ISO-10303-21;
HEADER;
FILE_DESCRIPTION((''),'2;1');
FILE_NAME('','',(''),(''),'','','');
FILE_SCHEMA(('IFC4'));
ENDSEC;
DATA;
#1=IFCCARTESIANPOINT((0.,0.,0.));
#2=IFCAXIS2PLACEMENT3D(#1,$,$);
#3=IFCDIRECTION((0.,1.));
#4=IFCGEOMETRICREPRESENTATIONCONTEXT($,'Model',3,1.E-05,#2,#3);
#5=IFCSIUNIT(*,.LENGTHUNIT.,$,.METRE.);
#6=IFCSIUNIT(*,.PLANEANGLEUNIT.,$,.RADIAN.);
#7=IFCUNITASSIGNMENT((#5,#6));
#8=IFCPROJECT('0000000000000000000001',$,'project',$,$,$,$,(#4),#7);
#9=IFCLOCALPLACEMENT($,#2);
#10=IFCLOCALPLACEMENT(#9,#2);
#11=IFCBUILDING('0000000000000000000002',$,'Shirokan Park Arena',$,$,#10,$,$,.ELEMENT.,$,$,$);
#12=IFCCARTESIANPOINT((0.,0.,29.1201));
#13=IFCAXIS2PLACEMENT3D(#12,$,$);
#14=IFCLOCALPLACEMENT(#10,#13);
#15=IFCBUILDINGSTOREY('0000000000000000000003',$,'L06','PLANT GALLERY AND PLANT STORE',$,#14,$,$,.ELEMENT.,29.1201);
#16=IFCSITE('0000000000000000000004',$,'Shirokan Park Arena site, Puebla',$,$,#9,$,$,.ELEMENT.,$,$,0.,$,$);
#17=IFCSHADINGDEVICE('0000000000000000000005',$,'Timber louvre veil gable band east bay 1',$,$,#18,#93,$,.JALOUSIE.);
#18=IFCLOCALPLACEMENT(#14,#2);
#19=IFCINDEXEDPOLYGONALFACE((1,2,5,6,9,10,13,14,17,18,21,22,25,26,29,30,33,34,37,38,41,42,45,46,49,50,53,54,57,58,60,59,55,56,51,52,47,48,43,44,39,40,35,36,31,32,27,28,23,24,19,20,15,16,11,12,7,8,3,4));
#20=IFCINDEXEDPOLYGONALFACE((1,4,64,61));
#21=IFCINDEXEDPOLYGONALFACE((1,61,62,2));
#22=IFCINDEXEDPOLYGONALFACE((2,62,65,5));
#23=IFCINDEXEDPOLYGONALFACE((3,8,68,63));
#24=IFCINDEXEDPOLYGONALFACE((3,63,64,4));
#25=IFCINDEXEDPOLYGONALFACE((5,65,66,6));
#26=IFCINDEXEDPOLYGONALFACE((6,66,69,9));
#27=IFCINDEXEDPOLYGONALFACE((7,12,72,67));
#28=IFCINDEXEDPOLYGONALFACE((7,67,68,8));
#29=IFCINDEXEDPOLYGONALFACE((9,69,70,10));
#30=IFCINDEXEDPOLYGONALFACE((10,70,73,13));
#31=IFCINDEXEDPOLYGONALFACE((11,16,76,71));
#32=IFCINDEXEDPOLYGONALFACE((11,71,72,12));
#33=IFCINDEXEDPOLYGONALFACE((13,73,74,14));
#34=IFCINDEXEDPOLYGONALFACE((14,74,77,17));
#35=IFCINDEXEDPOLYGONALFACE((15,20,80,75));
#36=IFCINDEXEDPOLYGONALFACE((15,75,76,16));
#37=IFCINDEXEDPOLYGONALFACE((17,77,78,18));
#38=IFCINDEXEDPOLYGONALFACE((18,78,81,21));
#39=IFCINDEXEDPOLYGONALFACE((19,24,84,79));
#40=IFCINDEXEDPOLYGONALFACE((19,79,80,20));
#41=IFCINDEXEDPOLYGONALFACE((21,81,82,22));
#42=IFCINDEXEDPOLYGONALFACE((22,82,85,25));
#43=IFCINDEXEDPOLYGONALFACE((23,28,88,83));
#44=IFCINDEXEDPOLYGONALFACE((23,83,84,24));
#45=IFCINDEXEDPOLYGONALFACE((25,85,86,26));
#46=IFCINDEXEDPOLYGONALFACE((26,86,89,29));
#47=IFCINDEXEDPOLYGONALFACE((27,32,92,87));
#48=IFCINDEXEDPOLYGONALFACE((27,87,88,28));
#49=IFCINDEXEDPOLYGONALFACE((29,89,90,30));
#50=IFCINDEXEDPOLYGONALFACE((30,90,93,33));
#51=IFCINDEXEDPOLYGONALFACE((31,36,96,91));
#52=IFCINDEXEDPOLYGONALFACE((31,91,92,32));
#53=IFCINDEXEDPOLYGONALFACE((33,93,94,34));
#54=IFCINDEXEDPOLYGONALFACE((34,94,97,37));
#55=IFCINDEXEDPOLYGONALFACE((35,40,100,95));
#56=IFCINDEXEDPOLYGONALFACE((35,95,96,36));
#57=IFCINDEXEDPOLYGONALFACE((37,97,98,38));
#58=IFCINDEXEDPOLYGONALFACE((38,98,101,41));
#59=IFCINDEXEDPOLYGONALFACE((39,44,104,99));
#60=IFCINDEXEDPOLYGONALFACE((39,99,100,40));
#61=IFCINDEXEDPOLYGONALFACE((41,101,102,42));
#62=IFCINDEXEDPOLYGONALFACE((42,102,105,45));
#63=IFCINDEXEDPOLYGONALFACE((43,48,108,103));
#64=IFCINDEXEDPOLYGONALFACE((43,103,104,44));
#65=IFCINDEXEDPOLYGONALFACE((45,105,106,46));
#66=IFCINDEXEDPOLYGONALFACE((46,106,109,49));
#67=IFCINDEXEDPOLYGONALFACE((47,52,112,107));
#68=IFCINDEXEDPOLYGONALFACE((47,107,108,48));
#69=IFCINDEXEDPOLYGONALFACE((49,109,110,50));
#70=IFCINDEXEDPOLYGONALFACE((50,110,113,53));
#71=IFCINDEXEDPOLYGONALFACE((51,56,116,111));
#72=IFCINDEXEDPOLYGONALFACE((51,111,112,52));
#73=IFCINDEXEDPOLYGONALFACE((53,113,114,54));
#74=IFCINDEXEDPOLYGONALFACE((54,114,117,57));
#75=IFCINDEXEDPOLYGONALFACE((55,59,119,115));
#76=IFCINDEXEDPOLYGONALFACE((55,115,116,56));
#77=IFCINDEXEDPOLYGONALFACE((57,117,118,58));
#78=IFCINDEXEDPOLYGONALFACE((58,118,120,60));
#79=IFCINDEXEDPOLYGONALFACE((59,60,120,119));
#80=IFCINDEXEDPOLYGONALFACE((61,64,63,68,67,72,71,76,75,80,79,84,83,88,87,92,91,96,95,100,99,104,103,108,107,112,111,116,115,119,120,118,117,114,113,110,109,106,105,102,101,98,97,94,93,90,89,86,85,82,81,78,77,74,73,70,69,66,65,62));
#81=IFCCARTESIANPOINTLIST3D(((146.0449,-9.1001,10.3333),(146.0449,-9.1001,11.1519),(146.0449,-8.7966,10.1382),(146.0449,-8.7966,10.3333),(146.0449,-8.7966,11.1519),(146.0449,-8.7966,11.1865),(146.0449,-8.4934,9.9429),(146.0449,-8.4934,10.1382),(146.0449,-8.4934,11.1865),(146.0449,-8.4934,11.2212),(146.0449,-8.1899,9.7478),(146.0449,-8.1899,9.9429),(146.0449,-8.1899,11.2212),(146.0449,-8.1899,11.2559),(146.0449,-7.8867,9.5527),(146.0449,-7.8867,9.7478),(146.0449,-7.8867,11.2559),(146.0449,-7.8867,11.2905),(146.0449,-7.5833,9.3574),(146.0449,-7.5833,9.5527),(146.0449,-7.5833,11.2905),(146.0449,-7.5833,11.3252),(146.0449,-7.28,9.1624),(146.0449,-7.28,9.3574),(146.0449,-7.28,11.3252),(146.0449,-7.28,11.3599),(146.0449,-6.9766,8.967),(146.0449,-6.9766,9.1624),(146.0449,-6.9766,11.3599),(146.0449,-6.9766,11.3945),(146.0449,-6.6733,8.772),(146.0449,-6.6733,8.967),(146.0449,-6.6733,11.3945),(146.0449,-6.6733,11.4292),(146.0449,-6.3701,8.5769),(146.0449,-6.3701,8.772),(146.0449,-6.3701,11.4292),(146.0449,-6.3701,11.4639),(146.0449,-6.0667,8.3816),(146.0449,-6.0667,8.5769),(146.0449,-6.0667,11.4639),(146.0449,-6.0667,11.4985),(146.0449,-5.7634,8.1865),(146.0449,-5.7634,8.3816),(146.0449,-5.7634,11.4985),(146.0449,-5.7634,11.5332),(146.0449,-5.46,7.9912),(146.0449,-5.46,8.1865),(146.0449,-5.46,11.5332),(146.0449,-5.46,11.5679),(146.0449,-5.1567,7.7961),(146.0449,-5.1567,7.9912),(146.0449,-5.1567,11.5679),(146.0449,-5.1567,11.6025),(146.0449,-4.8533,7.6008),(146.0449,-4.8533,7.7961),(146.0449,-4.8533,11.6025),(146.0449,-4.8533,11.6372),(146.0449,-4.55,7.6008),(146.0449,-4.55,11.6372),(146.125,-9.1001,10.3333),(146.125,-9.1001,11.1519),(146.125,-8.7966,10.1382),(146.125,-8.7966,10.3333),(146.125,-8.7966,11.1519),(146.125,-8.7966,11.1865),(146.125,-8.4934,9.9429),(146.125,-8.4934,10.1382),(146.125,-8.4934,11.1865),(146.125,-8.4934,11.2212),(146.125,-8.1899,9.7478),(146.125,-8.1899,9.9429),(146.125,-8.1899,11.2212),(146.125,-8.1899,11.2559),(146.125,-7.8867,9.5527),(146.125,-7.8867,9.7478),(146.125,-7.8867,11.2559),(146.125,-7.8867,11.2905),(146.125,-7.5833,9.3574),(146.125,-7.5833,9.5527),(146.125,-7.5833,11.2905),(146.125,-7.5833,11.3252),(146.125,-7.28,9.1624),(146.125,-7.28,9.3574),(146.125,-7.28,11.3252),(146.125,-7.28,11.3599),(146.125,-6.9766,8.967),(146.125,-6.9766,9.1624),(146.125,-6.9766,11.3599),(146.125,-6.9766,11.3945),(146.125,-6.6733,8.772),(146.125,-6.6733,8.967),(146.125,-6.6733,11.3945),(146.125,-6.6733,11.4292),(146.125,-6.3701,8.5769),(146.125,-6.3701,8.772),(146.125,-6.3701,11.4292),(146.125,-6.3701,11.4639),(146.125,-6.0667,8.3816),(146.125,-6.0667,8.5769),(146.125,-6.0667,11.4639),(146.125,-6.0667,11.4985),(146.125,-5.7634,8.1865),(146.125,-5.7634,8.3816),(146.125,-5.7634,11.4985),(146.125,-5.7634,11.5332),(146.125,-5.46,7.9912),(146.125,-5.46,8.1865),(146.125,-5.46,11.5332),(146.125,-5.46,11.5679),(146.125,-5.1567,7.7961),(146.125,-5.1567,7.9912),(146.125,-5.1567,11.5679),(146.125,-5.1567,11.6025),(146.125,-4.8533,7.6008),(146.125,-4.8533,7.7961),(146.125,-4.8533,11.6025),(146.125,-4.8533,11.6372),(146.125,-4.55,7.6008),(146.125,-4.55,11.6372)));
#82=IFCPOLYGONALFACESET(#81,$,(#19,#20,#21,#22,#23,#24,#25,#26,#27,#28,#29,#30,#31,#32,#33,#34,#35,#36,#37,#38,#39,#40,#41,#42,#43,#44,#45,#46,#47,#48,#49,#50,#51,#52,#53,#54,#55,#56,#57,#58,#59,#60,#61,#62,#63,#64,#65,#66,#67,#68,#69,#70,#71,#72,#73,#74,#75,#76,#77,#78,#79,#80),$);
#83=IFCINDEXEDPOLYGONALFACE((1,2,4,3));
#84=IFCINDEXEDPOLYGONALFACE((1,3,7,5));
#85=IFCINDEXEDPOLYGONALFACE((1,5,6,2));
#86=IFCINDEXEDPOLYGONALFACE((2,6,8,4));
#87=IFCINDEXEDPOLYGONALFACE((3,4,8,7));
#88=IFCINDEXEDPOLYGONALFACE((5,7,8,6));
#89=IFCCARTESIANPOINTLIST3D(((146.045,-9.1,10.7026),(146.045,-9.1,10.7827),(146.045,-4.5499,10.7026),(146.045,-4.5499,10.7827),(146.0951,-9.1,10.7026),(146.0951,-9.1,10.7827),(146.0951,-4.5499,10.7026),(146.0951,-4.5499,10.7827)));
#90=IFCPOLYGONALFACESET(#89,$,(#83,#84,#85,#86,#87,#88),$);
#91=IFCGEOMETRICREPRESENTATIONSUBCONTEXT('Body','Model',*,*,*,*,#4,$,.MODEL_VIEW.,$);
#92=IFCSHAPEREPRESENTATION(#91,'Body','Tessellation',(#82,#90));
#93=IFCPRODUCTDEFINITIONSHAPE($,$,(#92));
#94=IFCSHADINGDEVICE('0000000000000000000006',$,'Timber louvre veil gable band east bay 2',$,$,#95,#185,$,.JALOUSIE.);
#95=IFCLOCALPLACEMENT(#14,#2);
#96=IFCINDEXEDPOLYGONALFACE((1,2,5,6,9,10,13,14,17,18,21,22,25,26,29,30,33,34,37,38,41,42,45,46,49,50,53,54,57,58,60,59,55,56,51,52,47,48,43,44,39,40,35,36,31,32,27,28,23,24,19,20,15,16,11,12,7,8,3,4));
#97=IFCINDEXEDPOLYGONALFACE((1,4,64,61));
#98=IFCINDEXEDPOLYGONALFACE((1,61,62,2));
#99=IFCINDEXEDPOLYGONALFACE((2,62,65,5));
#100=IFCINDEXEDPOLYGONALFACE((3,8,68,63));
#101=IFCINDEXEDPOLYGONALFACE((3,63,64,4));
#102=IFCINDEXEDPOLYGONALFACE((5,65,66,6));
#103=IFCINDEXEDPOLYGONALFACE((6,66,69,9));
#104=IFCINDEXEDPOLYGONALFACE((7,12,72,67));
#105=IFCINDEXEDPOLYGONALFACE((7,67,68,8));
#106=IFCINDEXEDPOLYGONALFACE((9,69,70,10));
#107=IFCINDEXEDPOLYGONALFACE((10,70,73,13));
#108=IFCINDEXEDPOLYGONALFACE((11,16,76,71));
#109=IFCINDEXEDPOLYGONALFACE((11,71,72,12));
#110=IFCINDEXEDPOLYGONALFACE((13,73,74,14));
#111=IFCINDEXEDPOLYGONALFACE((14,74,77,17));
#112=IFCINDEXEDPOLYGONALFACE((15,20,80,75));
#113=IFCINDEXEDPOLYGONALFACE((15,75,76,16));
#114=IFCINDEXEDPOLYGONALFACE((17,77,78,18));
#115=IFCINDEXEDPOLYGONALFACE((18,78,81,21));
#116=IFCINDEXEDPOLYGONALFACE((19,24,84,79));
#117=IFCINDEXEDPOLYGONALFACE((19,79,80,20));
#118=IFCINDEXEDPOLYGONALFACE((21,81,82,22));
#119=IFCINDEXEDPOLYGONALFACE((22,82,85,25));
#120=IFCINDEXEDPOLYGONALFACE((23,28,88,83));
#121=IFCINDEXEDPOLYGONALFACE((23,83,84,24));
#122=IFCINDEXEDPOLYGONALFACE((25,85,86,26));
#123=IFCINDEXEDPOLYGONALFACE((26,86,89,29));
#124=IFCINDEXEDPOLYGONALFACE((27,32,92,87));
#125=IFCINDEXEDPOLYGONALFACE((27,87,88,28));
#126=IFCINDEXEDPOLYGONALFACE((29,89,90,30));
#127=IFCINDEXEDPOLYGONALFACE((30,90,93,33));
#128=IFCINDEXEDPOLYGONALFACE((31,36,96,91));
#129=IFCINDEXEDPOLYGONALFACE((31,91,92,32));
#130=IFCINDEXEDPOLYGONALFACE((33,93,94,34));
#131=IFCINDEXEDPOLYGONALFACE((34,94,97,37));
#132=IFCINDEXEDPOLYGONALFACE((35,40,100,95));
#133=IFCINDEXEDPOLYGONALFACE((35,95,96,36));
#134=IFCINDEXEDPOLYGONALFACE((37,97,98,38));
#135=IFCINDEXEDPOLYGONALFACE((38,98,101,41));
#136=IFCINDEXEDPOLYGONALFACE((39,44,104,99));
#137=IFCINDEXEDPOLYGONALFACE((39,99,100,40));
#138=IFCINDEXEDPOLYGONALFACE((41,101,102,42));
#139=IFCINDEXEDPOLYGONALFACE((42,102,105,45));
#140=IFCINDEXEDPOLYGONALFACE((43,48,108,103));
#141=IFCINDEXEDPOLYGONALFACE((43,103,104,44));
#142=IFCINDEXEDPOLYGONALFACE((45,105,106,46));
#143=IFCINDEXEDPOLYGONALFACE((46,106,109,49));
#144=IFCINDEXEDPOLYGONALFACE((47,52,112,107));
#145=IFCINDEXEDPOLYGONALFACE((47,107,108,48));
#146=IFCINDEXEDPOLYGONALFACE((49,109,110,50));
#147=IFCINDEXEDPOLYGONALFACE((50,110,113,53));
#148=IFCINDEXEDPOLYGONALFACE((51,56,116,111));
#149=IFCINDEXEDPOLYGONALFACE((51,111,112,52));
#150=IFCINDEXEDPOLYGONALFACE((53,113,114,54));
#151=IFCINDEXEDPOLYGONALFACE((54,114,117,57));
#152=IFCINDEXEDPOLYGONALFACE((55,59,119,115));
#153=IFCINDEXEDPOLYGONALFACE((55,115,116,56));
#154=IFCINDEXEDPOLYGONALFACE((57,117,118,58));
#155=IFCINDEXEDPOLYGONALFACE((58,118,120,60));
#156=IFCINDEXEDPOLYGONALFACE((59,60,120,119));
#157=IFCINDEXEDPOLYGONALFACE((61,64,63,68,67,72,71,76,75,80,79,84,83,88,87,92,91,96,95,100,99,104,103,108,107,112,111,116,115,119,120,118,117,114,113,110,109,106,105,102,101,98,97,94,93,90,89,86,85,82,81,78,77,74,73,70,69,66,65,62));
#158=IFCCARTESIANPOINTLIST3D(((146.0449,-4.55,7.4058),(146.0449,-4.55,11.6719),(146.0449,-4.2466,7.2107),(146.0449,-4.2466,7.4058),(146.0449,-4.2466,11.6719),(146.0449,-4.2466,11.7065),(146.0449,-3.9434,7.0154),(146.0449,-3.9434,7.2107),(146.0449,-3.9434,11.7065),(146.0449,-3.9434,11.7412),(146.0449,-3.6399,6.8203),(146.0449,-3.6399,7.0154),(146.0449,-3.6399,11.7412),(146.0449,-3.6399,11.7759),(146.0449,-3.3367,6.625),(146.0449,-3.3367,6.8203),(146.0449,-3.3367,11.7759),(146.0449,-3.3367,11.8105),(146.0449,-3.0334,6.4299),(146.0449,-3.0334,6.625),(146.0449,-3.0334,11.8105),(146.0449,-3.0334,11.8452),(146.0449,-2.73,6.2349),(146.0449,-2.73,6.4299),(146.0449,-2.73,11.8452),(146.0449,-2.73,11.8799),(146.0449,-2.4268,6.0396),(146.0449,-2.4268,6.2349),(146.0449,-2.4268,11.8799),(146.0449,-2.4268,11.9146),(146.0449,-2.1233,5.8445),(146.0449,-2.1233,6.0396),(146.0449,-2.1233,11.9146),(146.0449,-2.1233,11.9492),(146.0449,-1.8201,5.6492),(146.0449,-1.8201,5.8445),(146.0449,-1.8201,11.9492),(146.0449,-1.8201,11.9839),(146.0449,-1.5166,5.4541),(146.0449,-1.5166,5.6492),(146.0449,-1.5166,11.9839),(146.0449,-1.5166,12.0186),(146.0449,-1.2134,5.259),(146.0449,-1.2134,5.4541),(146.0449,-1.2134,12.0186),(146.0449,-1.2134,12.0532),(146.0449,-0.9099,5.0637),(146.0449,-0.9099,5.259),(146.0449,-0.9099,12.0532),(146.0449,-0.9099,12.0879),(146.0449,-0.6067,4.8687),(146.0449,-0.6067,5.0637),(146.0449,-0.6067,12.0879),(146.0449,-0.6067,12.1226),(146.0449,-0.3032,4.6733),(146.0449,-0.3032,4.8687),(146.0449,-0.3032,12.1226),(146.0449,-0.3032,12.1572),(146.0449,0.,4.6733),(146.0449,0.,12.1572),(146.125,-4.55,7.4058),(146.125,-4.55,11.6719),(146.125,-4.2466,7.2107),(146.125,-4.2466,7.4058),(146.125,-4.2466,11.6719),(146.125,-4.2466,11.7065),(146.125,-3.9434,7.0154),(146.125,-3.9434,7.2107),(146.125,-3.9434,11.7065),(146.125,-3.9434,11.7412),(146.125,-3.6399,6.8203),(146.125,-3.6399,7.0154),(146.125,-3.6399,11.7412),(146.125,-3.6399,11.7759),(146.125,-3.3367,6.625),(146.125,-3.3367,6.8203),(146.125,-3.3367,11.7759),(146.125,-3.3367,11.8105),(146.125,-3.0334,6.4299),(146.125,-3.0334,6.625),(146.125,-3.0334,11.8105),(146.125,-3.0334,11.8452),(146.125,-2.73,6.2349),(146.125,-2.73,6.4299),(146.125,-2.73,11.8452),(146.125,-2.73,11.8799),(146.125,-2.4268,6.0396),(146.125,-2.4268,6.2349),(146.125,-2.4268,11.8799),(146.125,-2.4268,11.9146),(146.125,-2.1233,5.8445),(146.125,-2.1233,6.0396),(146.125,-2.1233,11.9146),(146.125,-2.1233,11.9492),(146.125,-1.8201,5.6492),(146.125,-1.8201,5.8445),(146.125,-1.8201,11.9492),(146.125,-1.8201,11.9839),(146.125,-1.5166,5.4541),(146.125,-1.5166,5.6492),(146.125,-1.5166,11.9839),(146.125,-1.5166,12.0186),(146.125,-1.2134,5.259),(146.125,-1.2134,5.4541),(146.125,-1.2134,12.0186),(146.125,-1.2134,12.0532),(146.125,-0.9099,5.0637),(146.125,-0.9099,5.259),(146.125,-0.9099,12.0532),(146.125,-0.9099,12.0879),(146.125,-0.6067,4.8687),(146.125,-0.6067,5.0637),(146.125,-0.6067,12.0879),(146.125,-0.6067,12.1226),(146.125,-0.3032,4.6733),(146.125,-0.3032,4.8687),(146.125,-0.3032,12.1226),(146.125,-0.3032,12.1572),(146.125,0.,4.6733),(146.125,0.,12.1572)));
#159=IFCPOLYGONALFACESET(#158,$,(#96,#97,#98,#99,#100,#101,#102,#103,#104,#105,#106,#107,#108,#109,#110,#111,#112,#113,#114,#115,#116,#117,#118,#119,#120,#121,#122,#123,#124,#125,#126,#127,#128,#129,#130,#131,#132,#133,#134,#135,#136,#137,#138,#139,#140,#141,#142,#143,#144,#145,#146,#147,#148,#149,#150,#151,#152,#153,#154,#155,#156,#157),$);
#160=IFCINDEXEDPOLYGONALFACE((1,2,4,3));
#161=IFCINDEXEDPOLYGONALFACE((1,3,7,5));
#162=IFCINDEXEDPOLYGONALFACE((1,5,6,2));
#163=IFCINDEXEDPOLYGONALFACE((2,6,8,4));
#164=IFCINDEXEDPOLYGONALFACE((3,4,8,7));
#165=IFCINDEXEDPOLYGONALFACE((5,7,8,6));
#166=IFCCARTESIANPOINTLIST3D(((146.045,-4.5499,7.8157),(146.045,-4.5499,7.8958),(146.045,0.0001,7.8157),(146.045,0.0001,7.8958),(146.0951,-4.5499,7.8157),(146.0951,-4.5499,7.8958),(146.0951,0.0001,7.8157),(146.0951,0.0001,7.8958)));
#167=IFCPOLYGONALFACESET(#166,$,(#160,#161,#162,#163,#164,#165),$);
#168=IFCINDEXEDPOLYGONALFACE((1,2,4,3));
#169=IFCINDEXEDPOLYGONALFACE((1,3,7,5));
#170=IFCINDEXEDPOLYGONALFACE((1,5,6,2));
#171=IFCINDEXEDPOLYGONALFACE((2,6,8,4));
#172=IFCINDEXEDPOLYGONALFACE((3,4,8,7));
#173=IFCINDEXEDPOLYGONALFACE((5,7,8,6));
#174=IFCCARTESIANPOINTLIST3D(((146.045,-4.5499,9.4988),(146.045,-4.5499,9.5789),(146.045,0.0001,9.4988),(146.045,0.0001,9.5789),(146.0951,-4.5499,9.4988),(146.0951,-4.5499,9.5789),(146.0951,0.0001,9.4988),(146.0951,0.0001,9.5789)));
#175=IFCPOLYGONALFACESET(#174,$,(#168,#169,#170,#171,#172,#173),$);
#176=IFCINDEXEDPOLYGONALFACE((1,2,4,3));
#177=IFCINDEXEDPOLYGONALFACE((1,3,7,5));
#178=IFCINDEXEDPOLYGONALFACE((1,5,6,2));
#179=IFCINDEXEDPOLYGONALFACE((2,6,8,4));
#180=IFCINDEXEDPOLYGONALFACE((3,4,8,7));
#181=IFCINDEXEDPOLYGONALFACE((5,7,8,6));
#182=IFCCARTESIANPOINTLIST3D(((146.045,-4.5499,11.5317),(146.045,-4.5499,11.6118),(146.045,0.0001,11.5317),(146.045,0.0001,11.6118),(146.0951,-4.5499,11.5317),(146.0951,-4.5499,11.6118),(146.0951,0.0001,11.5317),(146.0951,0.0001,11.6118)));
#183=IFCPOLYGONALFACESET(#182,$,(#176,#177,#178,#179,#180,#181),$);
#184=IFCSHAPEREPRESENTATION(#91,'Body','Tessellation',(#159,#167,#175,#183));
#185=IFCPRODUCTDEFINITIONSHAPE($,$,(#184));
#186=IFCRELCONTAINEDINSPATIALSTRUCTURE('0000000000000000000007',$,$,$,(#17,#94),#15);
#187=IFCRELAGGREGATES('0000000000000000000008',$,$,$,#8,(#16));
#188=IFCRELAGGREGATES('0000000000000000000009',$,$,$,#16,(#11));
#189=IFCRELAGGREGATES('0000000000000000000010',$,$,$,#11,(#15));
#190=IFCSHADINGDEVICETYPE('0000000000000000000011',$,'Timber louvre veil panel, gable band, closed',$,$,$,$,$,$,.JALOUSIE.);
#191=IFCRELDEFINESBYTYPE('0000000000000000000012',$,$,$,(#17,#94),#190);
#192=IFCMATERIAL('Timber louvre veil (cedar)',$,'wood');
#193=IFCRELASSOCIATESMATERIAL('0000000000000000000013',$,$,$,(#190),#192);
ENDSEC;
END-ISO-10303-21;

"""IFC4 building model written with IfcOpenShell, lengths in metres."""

from ifc_helpers import new_model, si_unit, direction, frame, origin, origin_2d, place, context, subcontext, project, spatial, polyline, rectangle, outline, extrude, material, type_object, element, save


model = new_model("IFC4")

# Units and contexts
model_context = context("Model", 3, precision=1e-05, world=origin(), true_north=direction((0.0, 1.0)))
body_context = subcontext(model_context, "Body", "Model", "MODEL_VIEW")
ifc_project = project(units=[si_unit("LENGTHUNIT", "METRE"), si_unit("PLANEANGLEUNIT", "RADIAN")], contexts=[model_context])

# Site, building, storey
site_placement = place(None, origin())
site = spatial("IfcSite", under=ifc_project, at=site_placement, Name="Shirokan Park Arena site, Puebla", CompositionType="ELEMENT", RefElevation=0.0)
building_placement = place(site_placement, origin())
building = spatial("IfcBuilding", under=site, at=building_placement, Name="Shirokan Park Arena", CompositionType="ELEMENT")
storey_placement = place(building_placement, frame((0.0, 0.0, 29.1201)))
storey = spatial("IfcBuildingStorey", under=building, at=storey_placement, Name="L06", Description="PLANT GALLERY AND PLANT STORE", CompositionType="ELEMENT", Elevation=29.1201)

# Shading devices
ifc_material = material(Name="Timber louvre veil (cedar)", Category="wood")
shading_device_type_1 = type_object("IfcShadingDeviceType", Name="Timber louvre veil panel, gable band, closed", PredefinedType="JALOUSIE", material=ifc_material)
shading_device_1_placement = place(storey_placement, origin())
element("IfcShadingDevice", 1, at=shading_device_1_placement, inside=storey, type_object=shading_device_type_1, Name="Timber louvre veil gable band east bay 1", PredefinedType="JALOUSIE", context=body_context, shape_type="SweptSolid", body=[
    extrude(outline(polyline([(-6.9766, 8.967), (-6.6733, 8.967), (-6.6733, 8.772), (-6.3701, 8.772), (-6.3701, 8.5769), (-6.0667, 8.5769), (-6.0667, 8.3816), (-5.7634, 8.3816), (-5.7634, 8.1865), (-5.46, 8.1865), (-5.46, 7.9912), (-5.1567, 7.9912), (-5.1567, 7.7961), (-4.8533, 7.7961), (-4.8533, 7.6008), (-4.55, 7.6008), (-4.55, 11.6372), (-4.8533, 11.6372), (-4.8533, 11.6025), (-5.1567, 11.6025), (-5.1567, 11.5679), (-5.46, 11.5679), (-5.46, 11.5332), (-5.7634, 11.5332), (-5.7634, 11.4985), (-6.0667, 11.4985), (-6.0667, 11.4639), (-6.3701, 11.4639), (-6.3701, 11.4292), (-6.6733, 11.4292), (-6.6733, 11.3945), (-6.9766, 11.3945), (-6.9766, 11.3599), (-7.28, 11.3599), (-7.28, 11.3252), (-7.5833, 11.3252), (-7.5833, 11.2905), (-7.8867, 11.2905), (-7.8867, 11.2559), (-8.1899, 11.2559), (-8.1899, 11.2212), (-8.4934, 11.2212), (-8.4934, 11.1865), (-8.7966, 11.1865), (-8.7966, 11.1519), (-9.1001, 11.1519), (-9.1001, 10.3333), (-8.7966, 10.3333), (-8.7966, 10.1382), (-8.4934, 10.1382), (-8.4934, 9.9429), (-8.1899, 9.9429), (-8.1899, 9.7478), (-7.8867, 9.7478), (-7.8867, 9.5527), (-7.5833, 9.5527), (-7.5833, 9.3574), (-7.28, 9.3574), (-7.28, 9.1624), (-6.9766, 9.1624), (-6.9766, 8.967)])), frame((146.0449, 0.0, 0.0), z_axis=(1.0, 0.0, 0.0), x_axis=(0.0, 1.0, 0.0)), (0.0, 0.0, 1.0), 0.0801),
    extrude(rectangle(XDim=0.05, YDim=4.55, at=origin_2d()), frame((146.0701, -6.825, 10.7026), z_axis=(0.0, 0.0, 1.0), x_axis=(1.0, 0.0, 0.0)), (0.0, 0.0, 1.0), 0.0801),
])
shading_device_2_placement = place(storey_placement, origin())
element("IfcShadingDevice", 2, at=shading_device_2_placement, inside=storey, type_object=shading_device_type_1, Name="Timber louvre veil gable band east bay 2", PredefinedType="JALOUSIE", context=body_context, shape_type="SweptSolid", body=[
    extrude(outline(polyline([(-2.4268, 6.0396), (-2.1233, 6.0396), (-2.1233, 5.8445), (-1.8201, 5.8445), (-1.8201, 5.6492), (-1.5166, 5.6492), (-1.5166, 5.4541), (-1.2134, 5.4541), (-1.2134, 5.259), (-0.9099, 5.259), (-0.9099, 5.0637), (-0.6067, 5.0637), (-0.6067, 4.8687), (-0.3032, 4.8687), (-0.3032, 4.6733), (0.0, 4.6733), (0.0, 12.1572), (-0.3032, 12.1572), (-0.3032, 12.1226), (-0.6067, 12.1226), (-0.6067, 12.0879), (-0.9099, 12.0879), (-0.9099, 12.0532), (-1.2134, 12.0532), (-1.2134, 12.0186), (-1.5166, 12.0186), (-1.5166, 11.9839), (-1.8201, 11.9839), (-1.8201, 11.9492), (-2.1233, 11.9492), (-2.1233, 11.9146), (-2.4268, 11.9146), (-2.4268, 11.8799), (-2.73, 11.8799), (-2.73, 11.8452), (-3.0334, 11.8452), (-3.0334, 11.8105), (-3.3367, 11.8105), (-3.3367, 11.7759), (-3.6399, 11.7759), (-3.6399, 11.7412), (-3.9434, 11.7412), (-3.9434, 11.7065), (-4.2466, 11.7065), (-4.2466, 11.6719), (-4.55, 11.6719), (-4.55, 7.4058), (-4.2466, 7.4058), (-4.2466, 7.2107), (-3.9434, 7.2107), (-3.9434, 7.0154), (-3.6399, 7.0154), (-3.6399, 6.8203), (-3.3367, 6.8203), (-3.3367, 6.625), (-3.0334, 6.625), (-3.0334, 6.4299), (-2.73, 6.4299), (-2.73, 6.2349), (-2.4268, 6.2349), (-2.4268, 6.0396)])), frame((146.0449, 0.0, 0.0), z_axis=(1.0, 0.0, 0.0), x_axis=(0.0, 1.0, 0.0)), (0.0, 0.0, 1.0), 0.0801),
    extrude(rectangle(XDim=0.05, YDim=4.55, at=origin_2d()), frame((146.0701, -2.2749, 7.8157), z_axis=(0.0, 0.0, 1.0), x_axis=(1.0, 0.0, 0.0)), (0.0, 0.0, 1.0), 0.0801),
    extrude(rectangle(XDim=0.05, YDim=4.55, at=origin_2d()), frame((146.0701, -2.2749, 9.4988), z_axis=(0.0, 0.0, 1.0), x_axis=(1.0, 0.0, 0.0)), (0.0, 0.0, 1.0), 0.0801),
    extrude(rectangle(XDim=0.05, YDim=4.55, at=origin_2d()), frame((146.0701, -2.2749, 11.5317), z_axis=(0.0, 0.0, 1.0), x_axis=(1.0, 0.0, 0.0)), (0.0, 0.0, 1.0), 0.0801),
])

save(model, "model.ifc")
